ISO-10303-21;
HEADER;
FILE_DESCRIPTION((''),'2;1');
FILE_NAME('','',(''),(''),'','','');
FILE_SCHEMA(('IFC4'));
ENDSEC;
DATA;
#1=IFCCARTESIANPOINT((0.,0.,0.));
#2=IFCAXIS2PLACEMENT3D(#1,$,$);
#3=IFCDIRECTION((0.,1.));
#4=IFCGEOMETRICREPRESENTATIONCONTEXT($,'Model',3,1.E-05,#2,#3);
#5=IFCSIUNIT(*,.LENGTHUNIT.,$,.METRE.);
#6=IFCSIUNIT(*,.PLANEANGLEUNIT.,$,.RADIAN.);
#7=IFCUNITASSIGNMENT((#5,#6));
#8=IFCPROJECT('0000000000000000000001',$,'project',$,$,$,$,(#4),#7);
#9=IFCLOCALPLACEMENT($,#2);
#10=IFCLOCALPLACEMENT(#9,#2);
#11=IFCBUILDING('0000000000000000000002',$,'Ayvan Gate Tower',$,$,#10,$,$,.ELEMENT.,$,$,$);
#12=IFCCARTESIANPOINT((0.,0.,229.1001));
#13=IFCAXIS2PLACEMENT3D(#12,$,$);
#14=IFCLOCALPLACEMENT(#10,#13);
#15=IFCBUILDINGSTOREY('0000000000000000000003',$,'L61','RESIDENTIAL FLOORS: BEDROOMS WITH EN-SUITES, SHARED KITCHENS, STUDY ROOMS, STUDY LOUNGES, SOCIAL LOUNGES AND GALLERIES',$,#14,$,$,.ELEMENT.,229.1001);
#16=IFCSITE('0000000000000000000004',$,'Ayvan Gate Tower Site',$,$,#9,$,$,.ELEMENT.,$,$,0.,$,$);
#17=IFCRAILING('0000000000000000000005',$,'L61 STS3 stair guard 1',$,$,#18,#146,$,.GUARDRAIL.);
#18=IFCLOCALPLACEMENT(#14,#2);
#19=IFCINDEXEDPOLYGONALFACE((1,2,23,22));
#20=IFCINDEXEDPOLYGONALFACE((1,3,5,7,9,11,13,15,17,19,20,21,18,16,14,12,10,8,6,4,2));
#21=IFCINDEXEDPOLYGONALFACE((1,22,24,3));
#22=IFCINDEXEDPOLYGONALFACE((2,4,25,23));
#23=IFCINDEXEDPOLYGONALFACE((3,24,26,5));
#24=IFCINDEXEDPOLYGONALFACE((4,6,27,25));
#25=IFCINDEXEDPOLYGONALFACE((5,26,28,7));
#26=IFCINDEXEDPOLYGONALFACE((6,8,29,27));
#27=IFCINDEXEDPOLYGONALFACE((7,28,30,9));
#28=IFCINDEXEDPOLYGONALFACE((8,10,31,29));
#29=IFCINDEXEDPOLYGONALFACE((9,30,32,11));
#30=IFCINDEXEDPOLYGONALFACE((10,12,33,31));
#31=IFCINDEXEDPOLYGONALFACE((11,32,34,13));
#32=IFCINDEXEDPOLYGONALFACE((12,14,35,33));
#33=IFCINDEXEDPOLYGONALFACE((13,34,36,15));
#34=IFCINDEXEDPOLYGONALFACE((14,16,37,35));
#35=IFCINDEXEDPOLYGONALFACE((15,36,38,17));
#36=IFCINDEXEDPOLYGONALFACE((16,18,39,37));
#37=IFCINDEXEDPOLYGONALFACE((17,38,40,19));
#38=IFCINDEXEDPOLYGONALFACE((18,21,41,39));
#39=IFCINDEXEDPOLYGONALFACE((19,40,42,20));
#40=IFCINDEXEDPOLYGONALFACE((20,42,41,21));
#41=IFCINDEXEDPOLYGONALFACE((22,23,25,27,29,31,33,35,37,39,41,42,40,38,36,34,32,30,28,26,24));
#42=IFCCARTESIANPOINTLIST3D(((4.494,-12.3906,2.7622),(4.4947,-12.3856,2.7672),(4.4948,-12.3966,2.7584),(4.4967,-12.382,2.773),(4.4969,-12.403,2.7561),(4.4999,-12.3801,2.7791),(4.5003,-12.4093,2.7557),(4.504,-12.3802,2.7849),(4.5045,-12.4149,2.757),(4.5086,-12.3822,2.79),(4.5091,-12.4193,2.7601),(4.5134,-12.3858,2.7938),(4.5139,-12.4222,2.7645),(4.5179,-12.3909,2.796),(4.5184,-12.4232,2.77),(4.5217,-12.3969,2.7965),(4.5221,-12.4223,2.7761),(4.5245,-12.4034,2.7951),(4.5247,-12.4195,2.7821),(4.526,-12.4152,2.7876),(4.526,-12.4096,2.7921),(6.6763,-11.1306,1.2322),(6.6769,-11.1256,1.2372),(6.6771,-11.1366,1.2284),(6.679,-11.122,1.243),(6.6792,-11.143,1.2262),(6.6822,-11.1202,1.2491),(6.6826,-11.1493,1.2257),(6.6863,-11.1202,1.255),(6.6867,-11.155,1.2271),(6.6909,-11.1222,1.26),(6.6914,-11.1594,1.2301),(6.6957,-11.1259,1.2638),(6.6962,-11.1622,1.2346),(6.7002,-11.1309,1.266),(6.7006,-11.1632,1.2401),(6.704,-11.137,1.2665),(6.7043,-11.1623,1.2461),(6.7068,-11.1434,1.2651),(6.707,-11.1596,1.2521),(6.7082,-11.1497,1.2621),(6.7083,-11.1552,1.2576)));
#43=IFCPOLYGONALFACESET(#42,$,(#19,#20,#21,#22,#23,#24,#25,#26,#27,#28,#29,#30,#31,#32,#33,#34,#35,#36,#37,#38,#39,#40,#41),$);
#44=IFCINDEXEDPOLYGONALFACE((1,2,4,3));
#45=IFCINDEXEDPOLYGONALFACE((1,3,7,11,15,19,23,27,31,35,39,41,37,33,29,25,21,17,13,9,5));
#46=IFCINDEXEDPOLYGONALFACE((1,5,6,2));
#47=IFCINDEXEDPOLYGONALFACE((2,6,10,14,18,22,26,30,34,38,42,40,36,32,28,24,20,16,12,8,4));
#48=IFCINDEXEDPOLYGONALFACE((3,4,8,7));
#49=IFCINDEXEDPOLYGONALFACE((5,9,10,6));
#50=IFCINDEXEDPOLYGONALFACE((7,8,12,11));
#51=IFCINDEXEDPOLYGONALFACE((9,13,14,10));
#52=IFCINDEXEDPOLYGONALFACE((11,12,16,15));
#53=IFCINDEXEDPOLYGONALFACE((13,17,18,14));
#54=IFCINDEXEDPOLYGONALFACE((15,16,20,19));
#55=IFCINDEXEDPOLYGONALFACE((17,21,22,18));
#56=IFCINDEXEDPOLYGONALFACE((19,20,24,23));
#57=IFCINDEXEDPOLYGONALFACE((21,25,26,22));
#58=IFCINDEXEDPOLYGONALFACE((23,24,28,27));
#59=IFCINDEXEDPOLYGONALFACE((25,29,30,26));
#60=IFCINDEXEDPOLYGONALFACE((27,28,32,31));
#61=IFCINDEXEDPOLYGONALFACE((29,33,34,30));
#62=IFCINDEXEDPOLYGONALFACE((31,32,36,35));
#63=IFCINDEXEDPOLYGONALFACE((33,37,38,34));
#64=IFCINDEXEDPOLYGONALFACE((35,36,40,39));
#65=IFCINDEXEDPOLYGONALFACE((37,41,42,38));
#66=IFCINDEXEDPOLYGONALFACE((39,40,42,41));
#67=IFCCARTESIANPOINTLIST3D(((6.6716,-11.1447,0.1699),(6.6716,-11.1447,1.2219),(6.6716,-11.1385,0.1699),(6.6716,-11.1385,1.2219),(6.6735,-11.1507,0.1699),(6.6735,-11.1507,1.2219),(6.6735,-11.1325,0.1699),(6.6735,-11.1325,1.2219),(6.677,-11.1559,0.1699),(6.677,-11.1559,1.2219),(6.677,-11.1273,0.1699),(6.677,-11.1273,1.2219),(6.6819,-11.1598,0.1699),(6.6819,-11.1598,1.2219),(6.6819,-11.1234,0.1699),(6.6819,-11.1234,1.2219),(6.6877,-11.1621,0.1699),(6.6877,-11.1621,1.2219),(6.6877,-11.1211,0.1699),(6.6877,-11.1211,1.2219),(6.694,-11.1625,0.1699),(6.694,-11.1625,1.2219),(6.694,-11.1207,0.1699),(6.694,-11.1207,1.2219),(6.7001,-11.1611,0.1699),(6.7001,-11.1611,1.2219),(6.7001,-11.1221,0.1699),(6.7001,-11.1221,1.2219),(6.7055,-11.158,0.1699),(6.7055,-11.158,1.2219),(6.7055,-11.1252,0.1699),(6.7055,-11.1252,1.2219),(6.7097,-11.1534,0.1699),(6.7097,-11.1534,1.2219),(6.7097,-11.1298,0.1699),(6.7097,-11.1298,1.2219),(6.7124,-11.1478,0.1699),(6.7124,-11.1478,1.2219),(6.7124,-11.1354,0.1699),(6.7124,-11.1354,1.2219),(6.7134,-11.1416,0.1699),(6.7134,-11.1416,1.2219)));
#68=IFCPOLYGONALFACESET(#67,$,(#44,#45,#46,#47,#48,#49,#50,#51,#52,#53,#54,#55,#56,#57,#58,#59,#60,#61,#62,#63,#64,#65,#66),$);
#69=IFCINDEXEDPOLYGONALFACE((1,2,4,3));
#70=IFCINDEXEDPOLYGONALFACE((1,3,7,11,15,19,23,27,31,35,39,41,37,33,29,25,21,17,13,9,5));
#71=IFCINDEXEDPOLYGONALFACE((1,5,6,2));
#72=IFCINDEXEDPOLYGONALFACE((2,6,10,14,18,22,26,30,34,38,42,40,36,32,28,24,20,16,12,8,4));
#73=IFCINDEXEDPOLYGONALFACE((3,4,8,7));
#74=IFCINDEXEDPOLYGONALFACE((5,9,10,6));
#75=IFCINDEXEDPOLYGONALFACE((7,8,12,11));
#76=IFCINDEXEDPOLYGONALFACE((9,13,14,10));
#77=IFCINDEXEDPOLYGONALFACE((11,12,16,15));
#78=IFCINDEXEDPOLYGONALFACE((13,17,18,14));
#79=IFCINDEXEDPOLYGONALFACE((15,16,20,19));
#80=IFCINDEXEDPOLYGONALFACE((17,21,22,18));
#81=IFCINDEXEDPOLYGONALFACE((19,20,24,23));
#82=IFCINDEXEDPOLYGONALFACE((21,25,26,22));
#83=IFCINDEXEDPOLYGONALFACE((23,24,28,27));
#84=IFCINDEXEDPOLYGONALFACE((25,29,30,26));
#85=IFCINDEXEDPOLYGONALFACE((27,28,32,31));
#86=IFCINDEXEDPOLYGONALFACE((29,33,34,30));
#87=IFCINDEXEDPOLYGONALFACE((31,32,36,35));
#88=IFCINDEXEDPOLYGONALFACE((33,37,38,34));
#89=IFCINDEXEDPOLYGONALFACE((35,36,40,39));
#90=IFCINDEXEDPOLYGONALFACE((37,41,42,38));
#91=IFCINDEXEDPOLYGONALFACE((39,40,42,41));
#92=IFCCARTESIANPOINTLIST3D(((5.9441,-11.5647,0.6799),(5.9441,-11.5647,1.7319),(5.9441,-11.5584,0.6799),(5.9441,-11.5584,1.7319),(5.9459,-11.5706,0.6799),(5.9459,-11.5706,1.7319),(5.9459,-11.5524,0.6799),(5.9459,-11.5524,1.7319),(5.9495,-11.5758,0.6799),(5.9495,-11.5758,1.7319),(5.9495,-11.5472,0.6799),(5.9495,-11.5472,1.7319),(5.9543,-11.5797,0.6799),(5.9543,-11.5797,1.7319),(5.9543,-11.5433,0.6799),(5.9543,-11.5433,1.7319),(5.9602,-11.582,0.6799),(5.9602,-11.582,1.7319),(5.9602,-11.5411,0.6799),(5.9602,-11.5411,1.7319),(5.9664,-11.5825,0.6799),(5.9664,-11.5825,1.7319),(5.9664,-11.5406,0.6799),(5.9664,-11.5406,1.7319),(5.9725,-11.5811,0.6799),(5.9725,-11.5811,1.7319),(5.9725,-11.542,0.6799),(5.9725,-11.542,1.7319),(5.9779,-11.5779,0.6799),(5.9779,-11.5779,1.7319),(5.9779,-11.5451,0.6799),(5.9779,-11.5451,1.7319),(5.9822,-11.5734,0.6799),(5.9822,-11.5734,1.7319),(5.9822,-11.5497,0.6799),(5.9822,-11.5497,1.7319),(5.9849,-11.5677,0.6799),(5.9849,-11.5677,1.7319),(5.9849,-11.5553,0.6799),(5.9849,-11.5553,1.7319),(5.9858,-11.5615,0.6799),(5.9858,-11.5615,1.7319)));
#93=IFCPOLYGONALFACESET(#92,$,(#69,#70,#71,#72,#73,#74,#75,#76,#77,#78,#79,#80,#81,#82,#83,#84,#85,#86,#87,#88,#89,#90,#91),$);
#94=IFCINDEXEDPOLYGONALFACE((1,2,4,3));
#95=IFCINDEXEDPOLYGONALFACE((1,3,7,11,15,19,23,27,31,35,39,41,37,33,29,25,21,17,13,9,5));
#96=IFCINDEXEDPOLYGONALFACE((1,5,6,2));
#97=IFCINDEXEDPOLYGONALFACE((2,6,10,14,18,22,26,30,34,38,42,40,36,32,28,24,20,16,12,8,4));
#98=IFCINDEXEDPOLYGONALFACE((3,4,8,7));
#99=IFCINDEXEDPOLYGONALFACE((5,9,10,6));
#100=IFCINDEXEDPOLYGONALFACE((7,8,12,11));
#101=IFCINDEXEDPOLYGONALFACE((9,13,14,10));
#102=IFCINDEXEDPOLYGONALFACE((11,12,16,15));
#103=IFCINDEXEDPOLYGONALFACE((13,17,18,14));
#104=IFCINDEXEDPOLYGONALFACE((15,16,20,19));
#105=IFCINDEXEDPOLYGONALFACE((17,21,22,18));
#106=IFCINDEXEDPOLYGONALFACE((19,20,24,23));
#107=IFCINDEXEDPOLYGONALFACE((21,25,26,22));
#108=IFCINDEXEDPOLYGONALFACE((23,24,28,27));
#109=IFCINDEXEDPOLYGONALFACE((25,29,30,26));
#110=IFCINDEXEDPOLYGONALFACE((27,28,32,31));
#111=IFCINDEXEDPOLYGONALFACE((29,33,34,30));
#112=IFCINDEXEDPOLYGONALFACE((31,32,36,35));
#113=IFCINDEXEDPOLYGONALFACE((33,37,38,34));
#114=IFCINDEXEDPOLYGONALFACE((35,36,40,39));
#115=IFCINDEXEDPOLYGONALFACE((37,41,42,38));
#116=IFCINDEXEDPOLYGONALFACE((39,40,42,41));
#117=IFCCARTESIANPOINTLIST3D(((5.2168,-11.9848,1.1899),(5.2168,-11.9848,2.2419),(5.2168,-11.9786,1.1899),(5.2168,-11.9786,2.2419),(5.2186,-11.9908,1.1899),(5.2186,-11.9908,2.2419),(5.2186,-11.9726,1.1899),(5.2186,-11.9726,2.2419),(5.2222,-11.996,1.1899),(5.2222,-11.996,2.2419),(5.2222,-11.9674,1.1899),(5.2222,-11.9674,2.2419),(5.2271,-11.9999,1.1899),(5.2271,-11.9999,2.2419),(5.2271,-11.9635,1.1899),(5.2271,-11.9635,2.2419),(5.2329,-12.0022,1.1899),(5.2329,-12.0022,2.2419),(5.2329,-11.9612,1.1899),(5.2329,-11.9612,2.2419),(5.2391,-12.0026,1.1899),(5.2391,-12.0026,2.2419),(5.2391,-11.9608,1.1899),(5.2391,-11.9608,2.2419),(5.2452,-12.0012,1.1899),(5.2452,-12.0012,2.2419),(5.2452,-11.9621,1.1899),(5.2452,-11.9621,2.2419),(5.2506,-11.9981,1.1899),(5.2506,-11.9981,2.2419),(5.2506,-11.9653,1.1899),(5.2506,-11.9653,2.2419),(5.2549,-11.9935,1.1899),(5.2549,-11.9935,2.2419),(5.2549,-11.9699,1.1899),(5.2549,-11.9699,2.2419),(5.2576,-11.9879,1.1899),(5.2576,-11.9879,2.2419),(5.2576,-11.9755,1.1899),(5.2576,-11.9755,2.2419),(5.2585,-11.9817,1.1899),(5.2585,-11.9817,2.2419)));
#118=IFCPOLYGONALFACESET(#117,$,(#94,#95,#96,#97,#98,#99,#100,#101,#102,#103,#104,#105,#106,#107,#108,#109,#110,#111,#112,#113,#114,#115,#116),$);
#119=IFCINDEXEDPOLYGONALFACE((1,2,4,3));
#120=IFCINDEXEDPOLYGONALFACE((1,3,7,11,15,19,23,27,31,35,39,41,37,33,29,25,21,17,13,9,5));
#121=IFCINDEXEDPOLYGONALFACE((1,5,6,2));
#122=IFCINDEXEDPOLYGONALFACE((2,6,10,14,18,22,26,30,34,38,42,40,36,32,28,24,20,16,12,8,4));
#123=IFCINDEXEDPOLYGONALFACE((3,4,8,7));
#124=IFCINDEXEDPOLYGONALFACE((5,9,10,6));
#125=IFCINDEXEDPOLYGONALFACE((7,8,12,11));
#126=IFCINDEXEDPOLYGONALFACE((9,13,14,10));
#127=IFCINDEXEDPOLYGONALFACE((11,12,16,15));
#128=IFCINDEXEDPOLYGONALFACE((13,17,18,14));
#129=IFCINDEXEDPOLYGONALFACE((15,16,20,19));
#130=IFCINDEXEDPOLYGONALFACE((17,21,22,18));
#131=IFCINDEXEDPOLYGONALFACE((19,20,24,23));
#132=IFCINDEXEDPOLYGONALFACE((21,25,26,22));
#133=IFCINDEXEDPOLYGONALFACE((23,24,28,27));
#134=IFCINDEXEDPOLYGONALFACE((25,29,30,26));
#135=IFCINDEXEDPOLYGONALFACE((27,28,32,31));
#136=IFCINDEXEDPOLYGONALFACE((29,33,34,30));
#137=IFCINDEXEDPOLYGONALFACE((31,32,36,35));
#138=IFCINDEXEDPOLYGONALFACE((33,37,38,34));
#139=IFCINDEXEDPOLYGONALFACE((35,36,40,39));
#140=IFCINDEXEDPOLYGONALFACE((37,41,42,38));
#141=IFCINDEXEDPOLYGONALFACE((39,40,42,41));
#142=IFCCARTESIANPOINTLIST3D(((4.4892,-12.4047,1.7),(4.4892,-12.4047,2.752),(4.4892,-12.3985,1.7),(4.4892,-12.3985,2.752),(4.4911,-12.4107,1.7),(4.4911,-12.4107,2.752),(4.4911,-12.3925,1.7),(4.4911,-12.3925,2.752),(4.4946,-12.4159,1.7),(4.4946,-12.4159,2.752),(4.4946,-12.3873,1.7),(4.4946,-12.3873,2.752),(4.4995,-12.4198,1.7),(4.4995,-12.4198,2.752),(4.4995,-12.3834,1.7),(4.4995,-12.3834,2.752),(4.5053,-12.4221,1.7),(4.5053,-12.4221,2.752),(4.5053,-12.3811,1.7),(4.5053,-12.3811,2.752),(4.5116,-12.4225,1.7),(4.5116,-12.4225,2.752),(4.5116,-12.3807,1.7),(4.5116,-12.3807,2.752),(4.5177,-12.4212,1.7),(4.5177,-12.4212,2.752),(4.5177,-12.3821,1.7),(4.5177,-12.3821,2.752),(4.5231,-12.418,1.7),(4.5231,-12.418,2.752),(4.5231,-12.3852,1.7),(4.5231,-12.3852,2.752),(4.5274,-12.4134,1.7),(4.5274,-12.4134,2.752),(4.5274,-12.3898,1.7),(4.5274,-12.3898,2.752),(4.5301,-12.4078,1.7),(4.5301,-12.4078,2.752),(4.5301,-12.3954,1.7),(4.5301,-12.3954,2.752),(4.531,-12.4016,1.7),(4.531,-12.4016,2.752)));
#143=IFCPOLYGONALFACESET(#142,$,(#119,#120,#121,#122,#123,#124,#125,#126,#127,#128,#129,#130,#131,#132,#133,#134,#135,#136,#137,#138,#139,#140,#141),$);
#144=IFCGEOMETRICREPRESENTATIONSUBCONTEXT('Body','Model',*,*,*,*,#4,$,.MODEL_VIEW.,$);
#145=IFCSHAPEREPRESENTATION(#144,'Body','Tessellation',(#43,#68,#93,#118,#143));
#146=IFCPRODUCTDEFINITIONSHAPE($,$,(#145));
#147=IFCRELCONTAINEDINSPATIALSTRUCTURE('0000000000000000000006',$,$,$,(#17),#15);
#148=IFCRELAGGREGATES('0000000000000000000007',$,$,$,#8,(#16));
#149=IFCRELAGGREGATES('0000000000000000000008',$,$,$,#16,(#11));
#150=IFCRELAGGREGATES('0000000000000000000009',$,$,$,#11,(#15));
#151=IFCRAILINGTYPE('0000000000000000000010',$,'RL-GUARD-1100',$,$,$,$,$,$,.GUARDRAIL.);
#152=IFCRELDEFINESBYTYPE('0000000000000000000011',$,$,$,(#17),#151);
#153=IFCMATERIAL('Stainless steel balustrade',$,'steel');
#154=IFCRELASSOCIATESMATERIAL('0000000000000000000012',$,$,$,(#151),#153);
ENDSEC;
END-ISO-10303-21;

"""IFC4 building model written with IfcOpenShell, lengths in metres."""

from ifc_helpers import new_model, si_unit, direction, frame, origin, origin_2d, place, context, subcontext, project, spatial, circle, extrude, material, type_object, element, save


model = new_model("IFC4")

# Units and contexts
model_context = context("Model", 3, precision=1e-05, world=origin(), true_north=direction((0.0, 1.0)))
body_context = subcontext(model_context, "Body", "Model", "MODEL_VIEW")
ifc_project = project(units=[si_unit("LENGTHUNIT", "METRE"), si_unit("PLANEANGLEUNIT", "RADIAN")], contexts=[model_context])

# Site, building, storey
site_placement = place(None, origin())
site = spatial("IfcSite", under=ifc_project, at=site_placement, Name="Ayvan Gate Tower Site", CompositionType="ELEMENT", RefElevation=0.0)
building_placement = place(site_placement, origin())
building = spatial("IfcBuilding", under=site, at=building_placement, Name="Ayvan Gate Tower", CompositionType="ELEMENT")
storey_placement = place(building_placement, frame((0.0, 0.0, 229.1001)))
storey = spatial("IfcBuildingStorey", under=building, at=storey_placement, Name="L61", Description="RESIDENTIAL FLOORS: BEDROOMS WITH EN-SUITES, SHARED KITCHENS, STUDY ROOMS, STUDY LOUNGES, SOCIAL LOUNGES AND GALLERIES", CompositionType="ELEMENT", Elevation=229.1001)

# Railing
ifc_material_1 = material(Name="Stainless steel balustrade", Category="steel")
railing_type_1 = type_object("IfcRailingType", Name="RL-GUARD-1100", PredefinedType="GUARDRAIL", material=ifc_material_1)
railing_1_placement = place(storey_placement, frame((6.6924, -11.1416, 0.1699)))
element("IfcRailing", 1, at=railing_1_placement, inside=storey, type_object=railing_type_1, Name="L61 STS3 stair guard 1", PredefinedType="GUARDRAIL", context=body_context, shape_type="SweptSolid", body=[
    extrude(circle(Radius=0.0239, at=origin_2d()), frame((0.0, 0.0, 1.0762), z_axis=(-0.740261, -0.427395, 0.518986), x_axis=(0.500005, -0.866023, 0.0)), (0.0, 0.0, 1.0), 2.948),
    extrude(circle(Radius=0.021, at=origin_2d()), origin(), (0.0, 0.0, 1.0), 1.052),
    extrude(circle(Radius=0.021, at=origin_2d()), frame((-0.7275, -0.4199, 0.51)), (0.0, 0.0, 1.0), 1.052),
    extrude(circle(Radius=0.021, at=origin_2d()), frame((-1.4548, -0.8401, 1.02)), (0.0, 0.0, 1.0), 1.052),
    extrude(circle(Radius=0.021, at=origin_2d()), frame((-2.1824, -1.26, 1.53)), (0.0, 0.0, 1.0), 1.052),
])

save(model, "model.ifc")
